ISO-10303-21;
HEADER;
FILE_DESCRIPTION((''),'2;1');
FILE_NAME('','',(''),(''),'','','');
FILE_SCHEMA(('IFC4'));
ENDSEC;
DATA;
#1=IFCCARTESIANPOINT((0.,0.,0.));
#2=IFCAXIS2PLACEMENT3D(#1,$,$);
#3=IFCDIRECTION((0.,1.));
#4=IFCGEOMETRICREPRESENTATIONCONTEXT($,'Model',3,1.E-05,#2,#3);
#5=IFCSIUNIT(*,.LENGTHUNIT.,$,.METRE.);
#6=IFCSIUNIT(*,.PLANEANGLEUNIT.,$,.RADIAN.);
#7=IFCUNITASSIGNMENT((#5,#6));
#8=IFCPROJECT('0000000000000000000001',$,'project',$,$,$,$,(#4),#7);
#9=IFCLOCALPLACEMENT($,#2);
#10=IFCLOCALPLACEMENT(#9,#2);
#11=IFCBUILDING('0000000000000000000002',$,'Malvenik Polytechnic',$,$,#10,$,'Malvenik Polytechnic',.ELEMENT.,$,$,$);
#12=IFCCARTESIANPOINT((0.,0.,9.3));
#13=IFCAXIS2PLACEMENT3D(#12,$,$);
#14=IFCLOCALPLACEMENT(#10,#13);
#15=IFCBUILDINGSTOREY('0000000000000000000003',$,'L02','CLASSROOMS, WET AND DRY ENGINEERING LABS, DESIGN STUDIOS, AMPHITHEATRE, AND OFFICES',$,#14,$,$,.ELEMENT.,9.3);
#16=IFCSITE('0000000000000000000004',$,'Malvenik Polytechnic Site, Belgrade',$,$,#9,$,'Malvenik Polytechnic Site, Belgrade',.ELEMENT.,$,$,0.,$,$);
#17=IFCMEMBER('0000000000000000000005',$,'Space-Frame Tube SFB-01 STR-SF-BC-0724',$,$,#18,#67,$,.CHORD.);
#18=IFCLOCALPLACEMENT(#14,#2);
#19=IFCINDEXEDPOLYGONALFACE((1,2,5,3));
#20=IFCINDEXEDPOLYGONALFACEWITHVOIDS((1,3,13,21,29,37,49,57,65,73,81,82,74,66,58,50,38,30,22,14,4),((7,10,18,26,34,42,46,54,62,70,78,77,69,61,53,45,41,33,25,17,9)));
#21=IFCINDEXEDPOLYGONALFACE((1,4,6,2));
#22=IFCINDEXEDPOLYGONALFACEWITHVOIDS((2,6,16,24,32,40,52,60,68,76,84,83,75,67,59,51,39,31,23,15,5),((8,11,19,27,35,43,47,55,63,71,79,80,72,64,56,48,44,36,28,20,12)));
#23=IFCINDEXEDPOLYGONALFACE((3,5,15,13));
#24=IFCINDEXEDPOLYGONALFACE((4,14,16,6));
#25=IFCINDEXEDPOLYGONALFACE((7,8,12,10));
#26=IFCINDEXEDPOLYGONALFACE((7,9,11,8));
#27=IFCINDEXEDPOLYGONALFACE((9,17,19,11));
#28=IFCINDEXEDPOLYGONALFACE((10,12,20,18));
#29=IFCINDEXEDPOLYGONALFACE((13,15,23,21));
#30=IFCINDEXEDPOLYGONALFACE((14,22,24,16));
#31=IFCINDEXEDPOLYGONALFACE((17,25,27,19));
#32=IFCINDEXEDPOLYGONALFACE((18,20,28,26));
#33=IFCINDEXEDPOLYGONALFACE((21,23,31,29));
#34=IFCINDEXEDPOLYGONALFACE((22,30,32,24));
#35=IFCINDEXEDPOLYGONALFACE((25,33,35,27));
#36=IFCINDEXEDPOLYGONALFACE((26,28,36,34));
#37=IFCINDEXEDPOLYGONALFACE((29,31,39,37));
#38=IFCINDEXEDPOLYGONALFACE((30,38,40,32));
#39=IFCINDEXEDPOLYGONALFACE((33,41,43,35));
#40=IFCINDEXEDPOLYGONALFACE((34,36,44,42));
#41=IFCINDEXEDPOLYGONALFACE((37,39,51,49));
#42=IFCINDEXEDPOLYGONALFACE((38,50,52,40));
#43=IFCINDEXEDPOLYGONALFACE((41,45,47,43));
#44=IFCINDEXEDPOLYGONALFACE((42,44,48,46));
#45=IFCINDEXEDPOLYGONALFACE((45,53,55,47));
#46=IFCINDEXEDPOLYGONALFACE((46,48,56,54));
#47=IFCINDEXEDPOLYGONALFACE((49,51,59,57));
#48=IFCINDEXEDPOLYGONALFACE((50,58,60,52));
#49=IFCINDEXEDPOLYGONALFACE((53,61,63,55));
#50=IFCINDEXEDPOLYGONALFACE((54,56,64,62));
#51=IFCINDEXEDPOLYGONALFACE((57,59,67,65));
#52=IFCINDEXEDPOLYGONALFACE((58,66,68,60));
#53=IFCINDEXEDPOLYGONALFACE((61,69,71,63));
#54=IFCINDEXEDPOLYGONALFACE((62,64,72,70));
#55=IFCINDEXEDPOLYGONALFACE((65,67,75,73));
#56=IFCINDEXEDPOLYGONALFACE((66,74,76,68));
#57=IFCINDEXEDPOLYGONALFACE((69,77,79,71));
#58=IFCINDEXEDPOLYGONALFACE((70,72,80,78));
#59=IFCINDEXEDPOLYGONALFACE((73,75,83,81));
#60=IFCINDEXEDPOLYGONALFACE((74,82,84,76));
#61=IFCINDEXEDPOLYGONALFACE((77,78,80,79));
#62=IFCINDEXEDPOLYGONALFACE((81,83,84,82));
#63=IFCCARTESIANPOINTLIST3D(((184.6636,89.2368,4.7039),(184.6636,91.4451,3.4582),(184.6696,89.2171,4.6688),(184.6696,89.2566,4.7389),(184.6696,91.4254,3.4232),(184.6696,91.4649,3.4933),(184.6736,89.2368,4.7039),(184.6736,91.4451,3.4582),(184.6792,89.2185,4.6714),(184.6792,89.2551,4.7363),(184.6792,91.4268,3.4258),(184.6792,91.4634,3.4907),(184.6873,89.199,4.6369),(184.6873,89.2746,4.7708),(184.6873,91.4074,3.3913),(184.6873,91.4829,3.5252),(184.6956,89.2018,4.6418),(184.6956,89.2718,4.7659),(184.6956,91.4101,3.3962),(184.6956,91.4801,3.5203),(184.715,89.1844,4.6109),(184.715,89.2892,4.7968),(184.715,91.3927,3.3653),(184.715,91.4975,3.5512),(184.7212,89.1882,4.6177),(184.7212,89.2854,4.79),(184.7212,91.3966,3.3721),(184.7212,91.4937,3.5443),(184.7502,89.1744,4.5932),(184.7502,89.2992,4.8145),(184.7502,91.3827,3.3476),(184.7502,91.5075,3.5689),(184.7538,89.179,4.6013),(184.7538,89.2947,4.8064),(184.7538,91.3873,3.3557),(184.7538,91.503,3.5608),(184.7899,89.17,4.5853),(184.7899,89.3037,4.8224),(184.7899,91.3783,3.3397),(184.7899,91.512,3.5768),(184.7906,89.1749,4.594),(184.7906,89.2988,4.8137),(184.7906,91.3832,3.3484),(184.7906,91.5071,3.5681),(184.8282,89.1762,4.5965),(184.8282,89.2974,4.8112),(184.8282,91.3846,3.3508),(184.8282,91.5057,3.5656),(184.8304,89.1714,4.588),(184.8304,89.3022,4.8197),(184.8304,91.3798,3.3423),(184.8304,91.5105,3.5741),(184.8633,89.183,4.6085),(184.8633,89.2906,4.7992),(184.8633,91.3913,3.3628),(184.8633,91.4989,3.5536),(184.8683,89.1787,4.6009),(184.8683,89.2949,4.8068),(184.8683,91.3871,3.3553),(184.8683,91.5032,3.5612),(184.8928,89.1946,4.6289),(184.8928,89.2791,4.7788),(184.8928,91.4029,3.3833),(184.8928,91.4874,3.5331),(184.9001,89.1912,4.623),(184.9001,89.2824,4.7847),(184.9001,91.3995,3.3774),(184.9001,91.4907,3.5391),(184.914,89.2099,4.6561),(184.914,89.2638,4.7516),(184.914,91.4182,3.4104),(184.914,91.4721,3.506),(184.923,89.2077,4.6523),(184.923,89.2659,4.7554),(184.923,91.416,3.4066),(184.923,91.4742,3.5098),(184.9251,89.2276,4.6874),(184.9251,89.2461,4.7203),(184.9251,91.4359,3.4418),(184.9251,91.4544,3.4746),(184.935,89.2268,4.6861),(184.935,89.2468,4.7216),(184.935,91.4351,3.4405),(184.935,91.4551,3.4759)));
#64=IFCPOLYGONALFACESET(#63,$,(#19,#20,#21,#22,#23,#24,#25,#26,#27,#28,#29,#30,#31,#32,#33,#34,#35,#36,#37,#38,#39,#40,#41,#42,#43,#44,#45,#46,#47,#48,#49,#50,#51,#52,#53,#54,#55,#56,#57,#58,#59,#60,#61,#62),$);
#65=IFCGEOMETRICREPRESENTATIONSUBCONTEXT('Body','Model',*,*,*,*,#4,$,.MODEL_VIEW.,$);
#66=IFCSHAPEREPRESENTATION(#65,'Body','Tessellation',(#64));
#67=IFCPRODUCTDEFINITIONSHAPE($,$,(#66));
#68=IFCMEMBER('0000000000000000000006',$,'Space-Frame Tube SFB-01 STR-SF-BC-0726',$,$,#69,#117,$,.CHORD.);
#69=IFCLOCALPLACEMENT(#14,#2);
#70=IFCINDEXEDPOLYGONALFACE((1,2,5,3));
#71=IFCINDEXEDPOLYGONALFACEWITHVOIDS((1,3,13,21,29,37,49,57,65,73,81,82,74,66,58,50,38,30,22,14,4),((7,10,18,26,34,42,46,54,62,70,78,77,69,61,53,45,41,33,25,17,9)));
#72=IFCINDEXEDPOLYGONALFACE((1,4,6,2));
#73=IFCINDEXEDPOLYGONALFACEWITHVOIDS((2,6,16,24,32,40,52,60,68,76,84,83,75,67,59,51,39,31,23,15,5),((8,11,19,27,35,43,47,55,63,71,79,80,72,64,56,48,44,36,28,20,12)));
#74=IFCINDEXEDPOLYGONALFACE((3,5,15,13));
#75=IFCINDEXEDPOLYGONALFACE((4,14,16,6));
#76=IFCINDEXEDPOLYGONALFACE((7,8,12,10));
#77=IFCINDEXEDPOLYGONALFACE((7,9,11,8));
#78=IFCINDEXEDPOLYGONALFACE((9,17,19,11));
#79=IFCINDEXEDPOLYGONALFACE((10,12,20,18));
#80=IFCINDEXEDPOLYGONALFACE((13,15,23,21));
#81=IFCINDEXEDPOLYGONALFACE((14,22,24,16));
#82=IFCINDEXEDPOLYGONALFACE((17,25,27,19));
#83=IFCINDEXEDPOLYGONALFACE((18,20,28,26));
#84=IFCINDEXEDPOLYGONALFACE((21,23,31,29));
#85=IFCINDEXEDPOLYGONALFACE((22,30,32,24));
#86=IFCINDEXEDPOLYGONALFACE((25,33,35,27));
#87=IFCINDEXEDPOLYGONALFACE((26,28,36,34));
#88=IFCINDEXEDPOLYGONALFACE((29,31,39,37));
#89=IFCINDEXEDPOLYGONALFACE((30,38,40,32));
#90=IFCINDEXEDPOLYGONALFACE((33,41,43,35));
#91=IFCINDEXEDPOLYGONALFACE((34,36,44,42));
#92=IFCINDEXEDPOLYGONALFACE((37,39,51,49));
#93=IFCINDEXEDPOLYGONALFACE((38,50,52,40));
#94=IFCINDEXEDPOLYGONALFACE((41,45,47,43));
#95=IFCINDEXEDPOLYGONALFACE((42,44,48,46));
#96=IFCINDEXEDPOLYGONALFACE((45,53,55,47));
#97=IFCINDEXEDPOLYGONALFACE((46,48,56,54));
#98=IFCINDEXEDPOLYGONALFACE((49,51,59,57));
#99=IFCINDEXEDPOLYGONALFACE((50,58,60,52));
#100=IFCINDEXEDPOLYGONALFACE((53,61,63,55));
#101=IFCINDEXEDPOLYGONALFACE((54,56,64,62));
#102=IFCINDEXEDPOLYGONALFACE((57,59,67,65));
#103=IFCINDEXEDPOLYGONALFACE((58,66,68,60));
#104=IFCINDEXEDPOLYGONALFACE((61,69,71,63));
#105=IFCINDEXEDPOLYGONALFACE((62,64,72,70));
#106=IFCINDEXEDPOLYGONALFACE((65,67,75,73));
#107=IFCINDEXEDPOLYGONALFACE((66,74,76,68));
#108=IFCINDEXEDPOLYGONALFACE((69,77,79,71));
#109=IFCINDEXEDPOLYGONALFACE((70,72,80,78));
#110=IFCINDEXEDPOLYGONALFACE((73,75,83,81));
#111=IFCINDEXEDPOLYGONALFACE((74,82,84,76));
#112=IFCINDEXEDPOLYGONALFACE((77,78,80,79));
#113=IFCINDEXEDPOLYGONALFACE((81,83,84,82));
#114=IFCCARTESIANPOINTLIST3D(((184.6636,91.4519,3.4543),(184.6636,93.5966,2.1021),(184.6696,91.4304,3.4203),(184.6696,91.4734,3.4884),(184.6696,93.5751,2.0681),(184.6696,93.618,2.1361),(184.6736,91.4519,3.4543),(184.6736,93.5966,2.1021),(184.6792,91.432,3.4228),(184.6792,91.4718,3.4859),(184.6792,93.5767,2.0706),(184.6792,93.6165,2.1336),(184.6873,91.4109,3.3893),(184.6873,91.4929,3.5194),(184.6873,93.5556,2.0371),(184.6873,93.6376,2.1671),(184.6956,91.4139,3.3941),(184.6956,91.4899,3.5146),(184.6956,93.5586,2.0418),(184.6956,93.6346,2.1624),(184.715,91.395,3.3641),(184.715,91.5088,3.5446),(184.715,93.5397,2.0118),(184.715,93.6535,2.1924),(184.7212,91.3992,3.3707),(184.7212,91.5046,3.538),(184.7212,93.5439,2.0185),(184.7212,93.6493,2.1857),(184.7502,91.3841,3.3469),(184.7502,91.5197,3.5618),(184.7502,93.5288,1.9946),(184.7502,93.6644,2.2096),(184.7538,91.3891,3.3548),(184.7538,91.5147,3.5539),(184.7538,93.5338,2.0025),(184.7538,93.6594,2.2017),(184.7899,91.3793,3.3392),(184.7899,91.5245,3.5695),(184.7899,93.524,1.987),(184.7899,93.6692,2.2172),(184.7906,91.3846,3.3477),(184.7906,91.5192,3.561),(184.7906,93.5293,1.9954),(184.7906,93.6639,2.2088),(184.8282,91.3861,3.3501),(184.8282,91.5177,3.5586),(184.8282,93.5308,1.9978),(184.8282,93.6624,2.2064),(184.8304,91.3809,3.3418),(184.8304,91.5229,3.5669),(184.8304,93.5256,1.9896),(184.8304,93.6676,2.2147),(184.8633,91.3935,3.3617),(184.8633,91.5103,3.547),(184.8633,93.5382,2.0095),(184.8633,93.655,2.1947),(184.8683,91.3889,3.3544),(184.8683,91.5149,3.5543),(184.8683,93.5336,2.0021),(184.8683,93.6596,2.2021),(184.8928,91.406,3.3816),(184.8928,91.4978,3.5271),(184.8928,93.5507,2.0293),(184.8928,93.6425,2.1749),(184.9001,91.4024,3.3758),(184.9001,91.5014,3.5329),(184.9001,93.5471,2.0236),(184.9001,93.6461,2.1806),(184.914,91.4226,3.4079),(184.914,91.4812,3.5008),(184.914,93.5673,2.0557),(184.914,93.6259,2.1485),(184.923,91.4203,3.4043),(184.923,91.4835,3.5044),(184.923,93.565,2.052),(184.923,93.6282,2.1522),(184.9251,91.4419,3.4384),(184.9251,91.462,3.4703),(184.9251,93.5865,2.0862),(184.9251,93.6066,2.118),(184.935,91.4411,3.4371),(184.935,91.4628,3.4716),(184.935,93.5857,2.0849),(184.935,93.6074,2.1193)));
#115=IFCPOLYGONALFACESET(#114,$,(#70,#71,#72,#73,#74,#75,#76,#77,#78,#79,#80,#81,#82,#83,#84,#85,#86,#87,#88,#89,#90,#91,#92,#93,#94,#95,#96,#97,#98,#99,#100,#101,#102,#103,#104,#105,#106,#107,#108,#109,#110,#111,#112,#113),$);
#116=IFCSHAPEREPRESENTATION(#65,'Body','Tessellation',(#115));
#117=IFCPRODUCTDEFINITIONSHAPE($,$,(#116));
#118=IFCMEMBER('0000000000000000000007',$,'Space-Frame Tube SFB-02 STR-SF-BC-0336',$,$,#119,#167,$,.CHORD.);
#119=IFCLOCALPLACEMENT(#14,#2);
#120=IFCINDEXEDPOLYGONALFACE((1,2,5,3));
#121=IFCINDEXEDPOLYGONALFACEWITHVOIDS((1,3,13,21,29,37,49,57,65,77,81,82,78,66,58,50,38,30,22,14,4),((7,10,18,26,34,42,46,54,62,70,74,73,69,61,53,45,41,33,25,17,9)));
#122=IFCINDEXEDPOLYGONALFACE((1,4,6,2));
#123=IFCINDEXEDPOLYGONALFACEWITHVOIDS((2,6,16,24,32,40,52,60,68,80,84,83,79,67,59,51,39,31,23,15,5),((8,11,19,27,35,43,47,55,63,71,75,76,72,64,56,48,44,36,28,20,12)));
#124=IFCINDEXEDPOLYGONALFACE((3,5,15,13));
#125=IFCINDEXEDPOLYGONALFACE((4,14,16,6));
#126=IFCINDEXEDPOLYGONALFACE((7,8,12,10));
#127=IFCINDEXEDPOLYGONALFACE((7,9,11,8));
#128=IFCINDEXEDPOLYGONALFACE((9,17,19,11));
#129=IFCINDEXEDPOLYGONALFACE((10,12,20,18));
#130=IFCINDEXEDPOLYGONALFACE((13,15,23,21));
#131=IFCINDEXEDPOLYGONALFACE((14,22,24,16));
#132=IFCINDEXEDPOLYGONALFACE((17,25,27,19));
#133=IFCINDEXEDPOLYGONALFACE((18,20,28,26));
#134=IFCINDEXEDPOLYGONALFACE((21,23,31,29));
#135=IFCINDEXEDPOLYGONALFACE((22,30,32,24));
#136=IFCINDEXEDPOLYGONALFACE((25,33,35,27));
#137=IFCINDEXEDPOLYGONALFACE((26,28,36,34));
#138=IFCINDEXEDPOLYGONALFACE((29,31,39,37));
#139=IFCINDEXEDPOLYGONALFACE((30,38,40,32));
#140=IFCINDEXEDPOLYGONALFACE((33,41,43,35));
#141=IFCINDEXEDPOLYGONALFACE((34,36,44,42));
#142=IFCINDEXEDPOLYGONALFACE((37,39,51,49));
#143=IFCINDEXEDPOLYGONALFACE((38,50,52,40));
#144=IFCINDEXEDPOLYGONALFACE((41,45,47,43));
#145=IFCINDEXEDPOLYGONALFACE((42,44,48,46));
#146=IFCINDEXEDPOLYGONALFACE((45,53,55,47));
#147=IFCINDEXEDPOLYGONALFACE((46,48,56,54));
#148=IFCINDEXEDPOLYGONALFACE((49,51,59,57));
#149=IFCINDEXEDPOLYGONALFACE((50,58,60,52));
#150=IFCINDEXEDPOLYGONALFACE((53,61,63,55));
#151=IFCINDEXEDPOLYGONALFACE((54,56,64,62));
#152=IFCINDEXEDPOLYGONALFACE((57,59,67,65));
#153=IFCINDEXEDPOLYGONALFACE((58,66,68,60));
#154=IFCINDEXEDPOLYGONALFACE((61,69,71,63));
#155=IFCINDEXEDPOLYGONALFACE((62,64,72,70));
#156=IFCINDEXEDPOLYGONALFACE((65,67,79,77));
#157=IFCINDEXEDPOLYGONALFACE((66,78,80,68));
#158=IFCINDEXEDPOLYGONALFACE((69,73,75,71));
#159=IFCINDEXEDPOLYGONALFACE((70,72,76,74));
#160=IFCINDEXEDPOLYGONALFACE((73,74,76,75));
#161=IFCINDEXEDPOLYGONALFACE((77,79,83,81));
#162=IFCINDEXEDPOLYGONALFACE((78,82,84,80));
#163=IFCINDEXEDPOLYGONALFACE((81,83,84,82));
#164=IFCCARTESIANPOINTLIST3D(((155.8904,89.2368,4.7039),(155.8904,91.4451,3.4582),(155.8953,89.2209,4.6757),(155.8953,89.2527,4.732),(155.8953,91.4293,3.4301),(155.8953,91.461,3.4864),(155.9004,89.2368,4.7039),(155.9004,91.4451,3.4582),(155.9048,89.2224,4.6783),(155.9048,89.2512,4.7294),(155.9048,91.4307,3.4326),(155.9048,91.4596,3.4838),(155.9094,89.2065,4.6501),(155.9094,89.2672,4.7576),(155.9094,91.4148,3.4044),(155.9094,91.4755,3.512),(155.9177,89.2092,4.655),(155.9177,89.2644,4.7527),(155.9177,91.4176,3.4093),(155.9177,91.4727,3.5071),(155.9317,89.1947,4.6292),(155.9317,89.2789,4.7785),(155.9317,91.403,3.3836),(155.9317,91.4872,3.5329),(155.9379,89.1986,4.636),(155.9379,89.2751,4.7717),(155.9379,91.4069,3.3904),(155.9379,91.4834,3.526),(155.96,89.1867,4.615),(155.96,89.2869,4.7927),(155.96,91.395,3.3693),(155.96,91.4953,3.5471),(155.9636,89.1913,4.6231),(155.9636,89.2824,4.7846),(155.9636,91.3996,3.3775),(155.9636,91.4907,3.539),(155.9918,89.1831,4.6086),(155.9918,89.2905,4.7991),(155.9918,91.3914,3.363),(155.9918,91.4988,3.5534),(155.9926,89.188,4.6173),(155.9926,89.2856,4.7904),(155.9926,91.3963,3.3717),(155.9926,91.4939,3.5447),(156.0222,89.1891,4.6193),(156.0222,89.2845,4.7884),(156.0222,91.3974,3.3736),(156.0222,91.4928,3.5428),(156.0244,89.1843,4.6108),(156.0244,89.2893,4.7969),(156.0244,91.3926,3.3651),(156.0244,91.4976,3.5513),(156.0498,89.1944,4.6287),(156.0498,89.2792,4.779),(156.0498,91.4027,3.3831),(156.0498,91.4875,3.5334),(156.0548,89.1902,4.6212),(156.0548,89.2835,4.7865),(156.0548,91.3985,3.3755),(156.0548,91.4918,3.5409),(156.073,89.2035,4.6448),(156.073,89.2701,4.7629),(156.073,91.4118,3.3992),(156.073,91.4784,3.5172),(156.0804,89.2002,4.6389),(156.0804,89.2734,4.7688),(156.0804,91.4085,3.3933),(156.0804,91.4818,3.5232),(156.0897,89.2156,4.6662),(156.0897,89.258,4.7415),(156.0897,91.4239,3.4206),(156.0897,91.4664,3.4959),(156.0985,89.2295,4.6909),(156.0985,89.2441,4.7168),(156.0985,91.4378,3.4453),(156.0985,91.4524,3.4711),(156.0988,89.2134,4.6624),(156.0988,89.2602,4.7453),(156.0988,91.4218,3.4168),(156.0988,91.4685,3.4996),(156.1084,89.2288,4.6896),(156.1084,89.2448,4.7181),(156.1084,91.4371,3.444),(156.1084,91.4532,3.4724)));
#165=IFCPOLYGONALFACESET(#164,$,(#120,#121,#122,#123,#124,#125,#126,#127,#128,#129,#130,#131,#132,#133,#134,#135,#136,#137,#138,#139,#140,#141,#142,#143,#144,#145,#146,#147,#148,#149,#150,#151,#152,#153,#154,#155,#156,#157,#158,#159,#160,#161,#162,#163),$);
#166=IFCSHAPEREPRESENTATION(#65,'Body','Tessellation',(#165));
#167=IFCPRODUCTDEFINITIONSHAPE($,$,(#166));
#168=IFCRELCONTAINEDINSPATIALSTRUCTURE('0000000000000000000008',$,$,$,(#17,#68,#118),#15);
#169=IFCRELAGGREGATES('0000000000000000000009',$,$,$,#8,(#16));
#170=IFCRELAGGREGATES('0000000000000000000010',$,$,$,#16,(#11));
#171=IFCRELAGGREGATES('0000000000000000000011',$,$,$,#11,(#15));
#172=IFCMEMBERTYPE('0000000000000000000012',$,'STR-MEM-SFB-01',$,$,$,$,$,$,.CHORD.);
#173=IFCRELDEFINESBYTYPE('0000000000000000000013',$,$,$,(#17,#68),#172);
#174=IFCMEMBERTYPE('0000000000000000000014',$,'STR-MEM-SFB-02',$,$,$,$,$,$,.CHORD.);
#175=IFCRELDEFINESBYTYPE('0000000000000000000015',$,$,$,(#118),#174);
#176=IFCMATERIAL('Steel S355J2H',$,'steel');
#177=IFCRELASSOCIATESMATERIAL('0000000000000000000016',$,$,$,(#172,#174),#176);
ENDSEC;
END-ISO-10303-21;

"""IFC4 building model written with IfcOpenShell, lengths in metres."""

from ifc_helpers import new_model, si_unit, direction, frame, origin, origin_2d, place, context, subcontext, project, spatial, hollow_circle, extrude, material, material_profile, profile_set, type_object, element, save


model = new_model("IFC4")

# Units and contexts
model_context = context("Model", 3, precision=1e-05, world=origin(), true_north=direction((0.0, 1.0)))
body_context = subcontext(model_context, "Body", "Model", "MODEL_VIEW")
ifc_project = project(units=[si_unit("LENGTHUNIT", "METRE"), si_unit("PLANEANGLEUNIT", "RADIAN")], contexts=[model_context])

# Site, building, storey
site_placement = place(None, origin())
site = spatial("IfcSite", under=ifc_project, at=site_placement, Name="Malvenik Polytechnic Site, Belgrade", LongName="Malvenik Polytechnic Site, Belgrade", CompositionType="ELEMENT", RefElevation=0.0)
building_placement = place(site_placement, origin())
building = spatial("IfcBuilding", under=site, at=building_placement, Name="Malvenik Polytechnic", LongName="Malvenik Polytechnic", CompositionType="ELEMENT")
storey_placement = place(building_placement, frame((0.0, 0.0, 9.3)))
storey = spatial("IfcBuildingStorey", under=building, at=storey_placement, Name="L02", Description="CLASSROOMS, WET AND DRY ENGINEERING LABS, DESIGN STUDIOS, AMPHITHEATRE, AND OFFICES", CompositionType="ELEMENT", Elevation=9.3)

# Members
ifc_material = material(Name="Steel S355J2H", Category="steel")
ifc_material_profile_1 = material_profile(ifc_material, hollow_circle(Radius=0.1365, WallThickness=0.01, at=origin_2d()), Name="CHS 273.0x10.0")
ifc_profile_set_1 = profile_set([ifc_material_profile_1], Name="Steel S355J2H")
member_type_1 = type_object("IfcMemberType", Name="STR-MEM-SFB-01", PredefinedType="CHORD", material=ifc_profile_set_1)
for number, where, z_axis, x_axis, name in (
    (1, (184.8, 89.2368, 4.7039), (0.0, 0.870991, -0.491299), (-1.0, 0.0, 0.0), "Space-Frame Tube SFB-01 STR-SF-BC-0724"),
    (2, (184.8, 91.4519, 3.4543), (0.0, 0.845898, -0.533344), (-1.0, 0.0, 0.0), "Space-Frame Tube SFB-01 STR-SF-BC-0726"),
):
    element("IfcMember", number, at=place(storey_placement, frame(where, z_axis=z_axis, x_axis=x_axis)), inside=storey, type_object=member_type_1, Name=name, PredefinedType="CHORD", context=body_context, shape_type="SweptSolid", body=[
        extrude(hollow_circle(Radius=0.1365, WallThickness=0.01, at=origin_2d()), origin(), (0.0, 0.0, 1.0), 2.5354),
    ])
ifc_material_profile_2 = material_profile(ifc_material, hollow_circle(Radius=0.1096, WallThickness=0.01, at=origin_2d()), Name="CHS 219.1x10.0")
ifc_profile_set_2 = profile_set([ifc_material_profile_2], Name="Steel S355J2H")
member_type_2 = type_object("IfcMemberType", Name="STR-MEM-SFB-02", PredefinedType="CHORD", material=ifc_profile_set_2)
for number, where, z_axis, x_axis, name in (
    (3, (156.0, 89.2368, 4.7039), (0.0, 0.870991, -0.491299), (-1.0, 0.0, 0.0), "Space-Frame Tube SFB-02 STR-SF-BC-0336"),
):
    element("IfcMember", number, at=place(storey_placement, frame(where, z_axis=z_axis, x_axis=x_axis)), inside=storey, type_object=member_type_2, Name=name, PredefinedType="CHORD", context=body_context, shape_type="SweptSolid", body=[
        extrude(hollow_circle(Radius=0.1096, WallThickness=0.01, at=origin_2d()), origin(), (0.0, 0.0, 1.0), 2.5354),
    ])

save(model, "model.ifc")
